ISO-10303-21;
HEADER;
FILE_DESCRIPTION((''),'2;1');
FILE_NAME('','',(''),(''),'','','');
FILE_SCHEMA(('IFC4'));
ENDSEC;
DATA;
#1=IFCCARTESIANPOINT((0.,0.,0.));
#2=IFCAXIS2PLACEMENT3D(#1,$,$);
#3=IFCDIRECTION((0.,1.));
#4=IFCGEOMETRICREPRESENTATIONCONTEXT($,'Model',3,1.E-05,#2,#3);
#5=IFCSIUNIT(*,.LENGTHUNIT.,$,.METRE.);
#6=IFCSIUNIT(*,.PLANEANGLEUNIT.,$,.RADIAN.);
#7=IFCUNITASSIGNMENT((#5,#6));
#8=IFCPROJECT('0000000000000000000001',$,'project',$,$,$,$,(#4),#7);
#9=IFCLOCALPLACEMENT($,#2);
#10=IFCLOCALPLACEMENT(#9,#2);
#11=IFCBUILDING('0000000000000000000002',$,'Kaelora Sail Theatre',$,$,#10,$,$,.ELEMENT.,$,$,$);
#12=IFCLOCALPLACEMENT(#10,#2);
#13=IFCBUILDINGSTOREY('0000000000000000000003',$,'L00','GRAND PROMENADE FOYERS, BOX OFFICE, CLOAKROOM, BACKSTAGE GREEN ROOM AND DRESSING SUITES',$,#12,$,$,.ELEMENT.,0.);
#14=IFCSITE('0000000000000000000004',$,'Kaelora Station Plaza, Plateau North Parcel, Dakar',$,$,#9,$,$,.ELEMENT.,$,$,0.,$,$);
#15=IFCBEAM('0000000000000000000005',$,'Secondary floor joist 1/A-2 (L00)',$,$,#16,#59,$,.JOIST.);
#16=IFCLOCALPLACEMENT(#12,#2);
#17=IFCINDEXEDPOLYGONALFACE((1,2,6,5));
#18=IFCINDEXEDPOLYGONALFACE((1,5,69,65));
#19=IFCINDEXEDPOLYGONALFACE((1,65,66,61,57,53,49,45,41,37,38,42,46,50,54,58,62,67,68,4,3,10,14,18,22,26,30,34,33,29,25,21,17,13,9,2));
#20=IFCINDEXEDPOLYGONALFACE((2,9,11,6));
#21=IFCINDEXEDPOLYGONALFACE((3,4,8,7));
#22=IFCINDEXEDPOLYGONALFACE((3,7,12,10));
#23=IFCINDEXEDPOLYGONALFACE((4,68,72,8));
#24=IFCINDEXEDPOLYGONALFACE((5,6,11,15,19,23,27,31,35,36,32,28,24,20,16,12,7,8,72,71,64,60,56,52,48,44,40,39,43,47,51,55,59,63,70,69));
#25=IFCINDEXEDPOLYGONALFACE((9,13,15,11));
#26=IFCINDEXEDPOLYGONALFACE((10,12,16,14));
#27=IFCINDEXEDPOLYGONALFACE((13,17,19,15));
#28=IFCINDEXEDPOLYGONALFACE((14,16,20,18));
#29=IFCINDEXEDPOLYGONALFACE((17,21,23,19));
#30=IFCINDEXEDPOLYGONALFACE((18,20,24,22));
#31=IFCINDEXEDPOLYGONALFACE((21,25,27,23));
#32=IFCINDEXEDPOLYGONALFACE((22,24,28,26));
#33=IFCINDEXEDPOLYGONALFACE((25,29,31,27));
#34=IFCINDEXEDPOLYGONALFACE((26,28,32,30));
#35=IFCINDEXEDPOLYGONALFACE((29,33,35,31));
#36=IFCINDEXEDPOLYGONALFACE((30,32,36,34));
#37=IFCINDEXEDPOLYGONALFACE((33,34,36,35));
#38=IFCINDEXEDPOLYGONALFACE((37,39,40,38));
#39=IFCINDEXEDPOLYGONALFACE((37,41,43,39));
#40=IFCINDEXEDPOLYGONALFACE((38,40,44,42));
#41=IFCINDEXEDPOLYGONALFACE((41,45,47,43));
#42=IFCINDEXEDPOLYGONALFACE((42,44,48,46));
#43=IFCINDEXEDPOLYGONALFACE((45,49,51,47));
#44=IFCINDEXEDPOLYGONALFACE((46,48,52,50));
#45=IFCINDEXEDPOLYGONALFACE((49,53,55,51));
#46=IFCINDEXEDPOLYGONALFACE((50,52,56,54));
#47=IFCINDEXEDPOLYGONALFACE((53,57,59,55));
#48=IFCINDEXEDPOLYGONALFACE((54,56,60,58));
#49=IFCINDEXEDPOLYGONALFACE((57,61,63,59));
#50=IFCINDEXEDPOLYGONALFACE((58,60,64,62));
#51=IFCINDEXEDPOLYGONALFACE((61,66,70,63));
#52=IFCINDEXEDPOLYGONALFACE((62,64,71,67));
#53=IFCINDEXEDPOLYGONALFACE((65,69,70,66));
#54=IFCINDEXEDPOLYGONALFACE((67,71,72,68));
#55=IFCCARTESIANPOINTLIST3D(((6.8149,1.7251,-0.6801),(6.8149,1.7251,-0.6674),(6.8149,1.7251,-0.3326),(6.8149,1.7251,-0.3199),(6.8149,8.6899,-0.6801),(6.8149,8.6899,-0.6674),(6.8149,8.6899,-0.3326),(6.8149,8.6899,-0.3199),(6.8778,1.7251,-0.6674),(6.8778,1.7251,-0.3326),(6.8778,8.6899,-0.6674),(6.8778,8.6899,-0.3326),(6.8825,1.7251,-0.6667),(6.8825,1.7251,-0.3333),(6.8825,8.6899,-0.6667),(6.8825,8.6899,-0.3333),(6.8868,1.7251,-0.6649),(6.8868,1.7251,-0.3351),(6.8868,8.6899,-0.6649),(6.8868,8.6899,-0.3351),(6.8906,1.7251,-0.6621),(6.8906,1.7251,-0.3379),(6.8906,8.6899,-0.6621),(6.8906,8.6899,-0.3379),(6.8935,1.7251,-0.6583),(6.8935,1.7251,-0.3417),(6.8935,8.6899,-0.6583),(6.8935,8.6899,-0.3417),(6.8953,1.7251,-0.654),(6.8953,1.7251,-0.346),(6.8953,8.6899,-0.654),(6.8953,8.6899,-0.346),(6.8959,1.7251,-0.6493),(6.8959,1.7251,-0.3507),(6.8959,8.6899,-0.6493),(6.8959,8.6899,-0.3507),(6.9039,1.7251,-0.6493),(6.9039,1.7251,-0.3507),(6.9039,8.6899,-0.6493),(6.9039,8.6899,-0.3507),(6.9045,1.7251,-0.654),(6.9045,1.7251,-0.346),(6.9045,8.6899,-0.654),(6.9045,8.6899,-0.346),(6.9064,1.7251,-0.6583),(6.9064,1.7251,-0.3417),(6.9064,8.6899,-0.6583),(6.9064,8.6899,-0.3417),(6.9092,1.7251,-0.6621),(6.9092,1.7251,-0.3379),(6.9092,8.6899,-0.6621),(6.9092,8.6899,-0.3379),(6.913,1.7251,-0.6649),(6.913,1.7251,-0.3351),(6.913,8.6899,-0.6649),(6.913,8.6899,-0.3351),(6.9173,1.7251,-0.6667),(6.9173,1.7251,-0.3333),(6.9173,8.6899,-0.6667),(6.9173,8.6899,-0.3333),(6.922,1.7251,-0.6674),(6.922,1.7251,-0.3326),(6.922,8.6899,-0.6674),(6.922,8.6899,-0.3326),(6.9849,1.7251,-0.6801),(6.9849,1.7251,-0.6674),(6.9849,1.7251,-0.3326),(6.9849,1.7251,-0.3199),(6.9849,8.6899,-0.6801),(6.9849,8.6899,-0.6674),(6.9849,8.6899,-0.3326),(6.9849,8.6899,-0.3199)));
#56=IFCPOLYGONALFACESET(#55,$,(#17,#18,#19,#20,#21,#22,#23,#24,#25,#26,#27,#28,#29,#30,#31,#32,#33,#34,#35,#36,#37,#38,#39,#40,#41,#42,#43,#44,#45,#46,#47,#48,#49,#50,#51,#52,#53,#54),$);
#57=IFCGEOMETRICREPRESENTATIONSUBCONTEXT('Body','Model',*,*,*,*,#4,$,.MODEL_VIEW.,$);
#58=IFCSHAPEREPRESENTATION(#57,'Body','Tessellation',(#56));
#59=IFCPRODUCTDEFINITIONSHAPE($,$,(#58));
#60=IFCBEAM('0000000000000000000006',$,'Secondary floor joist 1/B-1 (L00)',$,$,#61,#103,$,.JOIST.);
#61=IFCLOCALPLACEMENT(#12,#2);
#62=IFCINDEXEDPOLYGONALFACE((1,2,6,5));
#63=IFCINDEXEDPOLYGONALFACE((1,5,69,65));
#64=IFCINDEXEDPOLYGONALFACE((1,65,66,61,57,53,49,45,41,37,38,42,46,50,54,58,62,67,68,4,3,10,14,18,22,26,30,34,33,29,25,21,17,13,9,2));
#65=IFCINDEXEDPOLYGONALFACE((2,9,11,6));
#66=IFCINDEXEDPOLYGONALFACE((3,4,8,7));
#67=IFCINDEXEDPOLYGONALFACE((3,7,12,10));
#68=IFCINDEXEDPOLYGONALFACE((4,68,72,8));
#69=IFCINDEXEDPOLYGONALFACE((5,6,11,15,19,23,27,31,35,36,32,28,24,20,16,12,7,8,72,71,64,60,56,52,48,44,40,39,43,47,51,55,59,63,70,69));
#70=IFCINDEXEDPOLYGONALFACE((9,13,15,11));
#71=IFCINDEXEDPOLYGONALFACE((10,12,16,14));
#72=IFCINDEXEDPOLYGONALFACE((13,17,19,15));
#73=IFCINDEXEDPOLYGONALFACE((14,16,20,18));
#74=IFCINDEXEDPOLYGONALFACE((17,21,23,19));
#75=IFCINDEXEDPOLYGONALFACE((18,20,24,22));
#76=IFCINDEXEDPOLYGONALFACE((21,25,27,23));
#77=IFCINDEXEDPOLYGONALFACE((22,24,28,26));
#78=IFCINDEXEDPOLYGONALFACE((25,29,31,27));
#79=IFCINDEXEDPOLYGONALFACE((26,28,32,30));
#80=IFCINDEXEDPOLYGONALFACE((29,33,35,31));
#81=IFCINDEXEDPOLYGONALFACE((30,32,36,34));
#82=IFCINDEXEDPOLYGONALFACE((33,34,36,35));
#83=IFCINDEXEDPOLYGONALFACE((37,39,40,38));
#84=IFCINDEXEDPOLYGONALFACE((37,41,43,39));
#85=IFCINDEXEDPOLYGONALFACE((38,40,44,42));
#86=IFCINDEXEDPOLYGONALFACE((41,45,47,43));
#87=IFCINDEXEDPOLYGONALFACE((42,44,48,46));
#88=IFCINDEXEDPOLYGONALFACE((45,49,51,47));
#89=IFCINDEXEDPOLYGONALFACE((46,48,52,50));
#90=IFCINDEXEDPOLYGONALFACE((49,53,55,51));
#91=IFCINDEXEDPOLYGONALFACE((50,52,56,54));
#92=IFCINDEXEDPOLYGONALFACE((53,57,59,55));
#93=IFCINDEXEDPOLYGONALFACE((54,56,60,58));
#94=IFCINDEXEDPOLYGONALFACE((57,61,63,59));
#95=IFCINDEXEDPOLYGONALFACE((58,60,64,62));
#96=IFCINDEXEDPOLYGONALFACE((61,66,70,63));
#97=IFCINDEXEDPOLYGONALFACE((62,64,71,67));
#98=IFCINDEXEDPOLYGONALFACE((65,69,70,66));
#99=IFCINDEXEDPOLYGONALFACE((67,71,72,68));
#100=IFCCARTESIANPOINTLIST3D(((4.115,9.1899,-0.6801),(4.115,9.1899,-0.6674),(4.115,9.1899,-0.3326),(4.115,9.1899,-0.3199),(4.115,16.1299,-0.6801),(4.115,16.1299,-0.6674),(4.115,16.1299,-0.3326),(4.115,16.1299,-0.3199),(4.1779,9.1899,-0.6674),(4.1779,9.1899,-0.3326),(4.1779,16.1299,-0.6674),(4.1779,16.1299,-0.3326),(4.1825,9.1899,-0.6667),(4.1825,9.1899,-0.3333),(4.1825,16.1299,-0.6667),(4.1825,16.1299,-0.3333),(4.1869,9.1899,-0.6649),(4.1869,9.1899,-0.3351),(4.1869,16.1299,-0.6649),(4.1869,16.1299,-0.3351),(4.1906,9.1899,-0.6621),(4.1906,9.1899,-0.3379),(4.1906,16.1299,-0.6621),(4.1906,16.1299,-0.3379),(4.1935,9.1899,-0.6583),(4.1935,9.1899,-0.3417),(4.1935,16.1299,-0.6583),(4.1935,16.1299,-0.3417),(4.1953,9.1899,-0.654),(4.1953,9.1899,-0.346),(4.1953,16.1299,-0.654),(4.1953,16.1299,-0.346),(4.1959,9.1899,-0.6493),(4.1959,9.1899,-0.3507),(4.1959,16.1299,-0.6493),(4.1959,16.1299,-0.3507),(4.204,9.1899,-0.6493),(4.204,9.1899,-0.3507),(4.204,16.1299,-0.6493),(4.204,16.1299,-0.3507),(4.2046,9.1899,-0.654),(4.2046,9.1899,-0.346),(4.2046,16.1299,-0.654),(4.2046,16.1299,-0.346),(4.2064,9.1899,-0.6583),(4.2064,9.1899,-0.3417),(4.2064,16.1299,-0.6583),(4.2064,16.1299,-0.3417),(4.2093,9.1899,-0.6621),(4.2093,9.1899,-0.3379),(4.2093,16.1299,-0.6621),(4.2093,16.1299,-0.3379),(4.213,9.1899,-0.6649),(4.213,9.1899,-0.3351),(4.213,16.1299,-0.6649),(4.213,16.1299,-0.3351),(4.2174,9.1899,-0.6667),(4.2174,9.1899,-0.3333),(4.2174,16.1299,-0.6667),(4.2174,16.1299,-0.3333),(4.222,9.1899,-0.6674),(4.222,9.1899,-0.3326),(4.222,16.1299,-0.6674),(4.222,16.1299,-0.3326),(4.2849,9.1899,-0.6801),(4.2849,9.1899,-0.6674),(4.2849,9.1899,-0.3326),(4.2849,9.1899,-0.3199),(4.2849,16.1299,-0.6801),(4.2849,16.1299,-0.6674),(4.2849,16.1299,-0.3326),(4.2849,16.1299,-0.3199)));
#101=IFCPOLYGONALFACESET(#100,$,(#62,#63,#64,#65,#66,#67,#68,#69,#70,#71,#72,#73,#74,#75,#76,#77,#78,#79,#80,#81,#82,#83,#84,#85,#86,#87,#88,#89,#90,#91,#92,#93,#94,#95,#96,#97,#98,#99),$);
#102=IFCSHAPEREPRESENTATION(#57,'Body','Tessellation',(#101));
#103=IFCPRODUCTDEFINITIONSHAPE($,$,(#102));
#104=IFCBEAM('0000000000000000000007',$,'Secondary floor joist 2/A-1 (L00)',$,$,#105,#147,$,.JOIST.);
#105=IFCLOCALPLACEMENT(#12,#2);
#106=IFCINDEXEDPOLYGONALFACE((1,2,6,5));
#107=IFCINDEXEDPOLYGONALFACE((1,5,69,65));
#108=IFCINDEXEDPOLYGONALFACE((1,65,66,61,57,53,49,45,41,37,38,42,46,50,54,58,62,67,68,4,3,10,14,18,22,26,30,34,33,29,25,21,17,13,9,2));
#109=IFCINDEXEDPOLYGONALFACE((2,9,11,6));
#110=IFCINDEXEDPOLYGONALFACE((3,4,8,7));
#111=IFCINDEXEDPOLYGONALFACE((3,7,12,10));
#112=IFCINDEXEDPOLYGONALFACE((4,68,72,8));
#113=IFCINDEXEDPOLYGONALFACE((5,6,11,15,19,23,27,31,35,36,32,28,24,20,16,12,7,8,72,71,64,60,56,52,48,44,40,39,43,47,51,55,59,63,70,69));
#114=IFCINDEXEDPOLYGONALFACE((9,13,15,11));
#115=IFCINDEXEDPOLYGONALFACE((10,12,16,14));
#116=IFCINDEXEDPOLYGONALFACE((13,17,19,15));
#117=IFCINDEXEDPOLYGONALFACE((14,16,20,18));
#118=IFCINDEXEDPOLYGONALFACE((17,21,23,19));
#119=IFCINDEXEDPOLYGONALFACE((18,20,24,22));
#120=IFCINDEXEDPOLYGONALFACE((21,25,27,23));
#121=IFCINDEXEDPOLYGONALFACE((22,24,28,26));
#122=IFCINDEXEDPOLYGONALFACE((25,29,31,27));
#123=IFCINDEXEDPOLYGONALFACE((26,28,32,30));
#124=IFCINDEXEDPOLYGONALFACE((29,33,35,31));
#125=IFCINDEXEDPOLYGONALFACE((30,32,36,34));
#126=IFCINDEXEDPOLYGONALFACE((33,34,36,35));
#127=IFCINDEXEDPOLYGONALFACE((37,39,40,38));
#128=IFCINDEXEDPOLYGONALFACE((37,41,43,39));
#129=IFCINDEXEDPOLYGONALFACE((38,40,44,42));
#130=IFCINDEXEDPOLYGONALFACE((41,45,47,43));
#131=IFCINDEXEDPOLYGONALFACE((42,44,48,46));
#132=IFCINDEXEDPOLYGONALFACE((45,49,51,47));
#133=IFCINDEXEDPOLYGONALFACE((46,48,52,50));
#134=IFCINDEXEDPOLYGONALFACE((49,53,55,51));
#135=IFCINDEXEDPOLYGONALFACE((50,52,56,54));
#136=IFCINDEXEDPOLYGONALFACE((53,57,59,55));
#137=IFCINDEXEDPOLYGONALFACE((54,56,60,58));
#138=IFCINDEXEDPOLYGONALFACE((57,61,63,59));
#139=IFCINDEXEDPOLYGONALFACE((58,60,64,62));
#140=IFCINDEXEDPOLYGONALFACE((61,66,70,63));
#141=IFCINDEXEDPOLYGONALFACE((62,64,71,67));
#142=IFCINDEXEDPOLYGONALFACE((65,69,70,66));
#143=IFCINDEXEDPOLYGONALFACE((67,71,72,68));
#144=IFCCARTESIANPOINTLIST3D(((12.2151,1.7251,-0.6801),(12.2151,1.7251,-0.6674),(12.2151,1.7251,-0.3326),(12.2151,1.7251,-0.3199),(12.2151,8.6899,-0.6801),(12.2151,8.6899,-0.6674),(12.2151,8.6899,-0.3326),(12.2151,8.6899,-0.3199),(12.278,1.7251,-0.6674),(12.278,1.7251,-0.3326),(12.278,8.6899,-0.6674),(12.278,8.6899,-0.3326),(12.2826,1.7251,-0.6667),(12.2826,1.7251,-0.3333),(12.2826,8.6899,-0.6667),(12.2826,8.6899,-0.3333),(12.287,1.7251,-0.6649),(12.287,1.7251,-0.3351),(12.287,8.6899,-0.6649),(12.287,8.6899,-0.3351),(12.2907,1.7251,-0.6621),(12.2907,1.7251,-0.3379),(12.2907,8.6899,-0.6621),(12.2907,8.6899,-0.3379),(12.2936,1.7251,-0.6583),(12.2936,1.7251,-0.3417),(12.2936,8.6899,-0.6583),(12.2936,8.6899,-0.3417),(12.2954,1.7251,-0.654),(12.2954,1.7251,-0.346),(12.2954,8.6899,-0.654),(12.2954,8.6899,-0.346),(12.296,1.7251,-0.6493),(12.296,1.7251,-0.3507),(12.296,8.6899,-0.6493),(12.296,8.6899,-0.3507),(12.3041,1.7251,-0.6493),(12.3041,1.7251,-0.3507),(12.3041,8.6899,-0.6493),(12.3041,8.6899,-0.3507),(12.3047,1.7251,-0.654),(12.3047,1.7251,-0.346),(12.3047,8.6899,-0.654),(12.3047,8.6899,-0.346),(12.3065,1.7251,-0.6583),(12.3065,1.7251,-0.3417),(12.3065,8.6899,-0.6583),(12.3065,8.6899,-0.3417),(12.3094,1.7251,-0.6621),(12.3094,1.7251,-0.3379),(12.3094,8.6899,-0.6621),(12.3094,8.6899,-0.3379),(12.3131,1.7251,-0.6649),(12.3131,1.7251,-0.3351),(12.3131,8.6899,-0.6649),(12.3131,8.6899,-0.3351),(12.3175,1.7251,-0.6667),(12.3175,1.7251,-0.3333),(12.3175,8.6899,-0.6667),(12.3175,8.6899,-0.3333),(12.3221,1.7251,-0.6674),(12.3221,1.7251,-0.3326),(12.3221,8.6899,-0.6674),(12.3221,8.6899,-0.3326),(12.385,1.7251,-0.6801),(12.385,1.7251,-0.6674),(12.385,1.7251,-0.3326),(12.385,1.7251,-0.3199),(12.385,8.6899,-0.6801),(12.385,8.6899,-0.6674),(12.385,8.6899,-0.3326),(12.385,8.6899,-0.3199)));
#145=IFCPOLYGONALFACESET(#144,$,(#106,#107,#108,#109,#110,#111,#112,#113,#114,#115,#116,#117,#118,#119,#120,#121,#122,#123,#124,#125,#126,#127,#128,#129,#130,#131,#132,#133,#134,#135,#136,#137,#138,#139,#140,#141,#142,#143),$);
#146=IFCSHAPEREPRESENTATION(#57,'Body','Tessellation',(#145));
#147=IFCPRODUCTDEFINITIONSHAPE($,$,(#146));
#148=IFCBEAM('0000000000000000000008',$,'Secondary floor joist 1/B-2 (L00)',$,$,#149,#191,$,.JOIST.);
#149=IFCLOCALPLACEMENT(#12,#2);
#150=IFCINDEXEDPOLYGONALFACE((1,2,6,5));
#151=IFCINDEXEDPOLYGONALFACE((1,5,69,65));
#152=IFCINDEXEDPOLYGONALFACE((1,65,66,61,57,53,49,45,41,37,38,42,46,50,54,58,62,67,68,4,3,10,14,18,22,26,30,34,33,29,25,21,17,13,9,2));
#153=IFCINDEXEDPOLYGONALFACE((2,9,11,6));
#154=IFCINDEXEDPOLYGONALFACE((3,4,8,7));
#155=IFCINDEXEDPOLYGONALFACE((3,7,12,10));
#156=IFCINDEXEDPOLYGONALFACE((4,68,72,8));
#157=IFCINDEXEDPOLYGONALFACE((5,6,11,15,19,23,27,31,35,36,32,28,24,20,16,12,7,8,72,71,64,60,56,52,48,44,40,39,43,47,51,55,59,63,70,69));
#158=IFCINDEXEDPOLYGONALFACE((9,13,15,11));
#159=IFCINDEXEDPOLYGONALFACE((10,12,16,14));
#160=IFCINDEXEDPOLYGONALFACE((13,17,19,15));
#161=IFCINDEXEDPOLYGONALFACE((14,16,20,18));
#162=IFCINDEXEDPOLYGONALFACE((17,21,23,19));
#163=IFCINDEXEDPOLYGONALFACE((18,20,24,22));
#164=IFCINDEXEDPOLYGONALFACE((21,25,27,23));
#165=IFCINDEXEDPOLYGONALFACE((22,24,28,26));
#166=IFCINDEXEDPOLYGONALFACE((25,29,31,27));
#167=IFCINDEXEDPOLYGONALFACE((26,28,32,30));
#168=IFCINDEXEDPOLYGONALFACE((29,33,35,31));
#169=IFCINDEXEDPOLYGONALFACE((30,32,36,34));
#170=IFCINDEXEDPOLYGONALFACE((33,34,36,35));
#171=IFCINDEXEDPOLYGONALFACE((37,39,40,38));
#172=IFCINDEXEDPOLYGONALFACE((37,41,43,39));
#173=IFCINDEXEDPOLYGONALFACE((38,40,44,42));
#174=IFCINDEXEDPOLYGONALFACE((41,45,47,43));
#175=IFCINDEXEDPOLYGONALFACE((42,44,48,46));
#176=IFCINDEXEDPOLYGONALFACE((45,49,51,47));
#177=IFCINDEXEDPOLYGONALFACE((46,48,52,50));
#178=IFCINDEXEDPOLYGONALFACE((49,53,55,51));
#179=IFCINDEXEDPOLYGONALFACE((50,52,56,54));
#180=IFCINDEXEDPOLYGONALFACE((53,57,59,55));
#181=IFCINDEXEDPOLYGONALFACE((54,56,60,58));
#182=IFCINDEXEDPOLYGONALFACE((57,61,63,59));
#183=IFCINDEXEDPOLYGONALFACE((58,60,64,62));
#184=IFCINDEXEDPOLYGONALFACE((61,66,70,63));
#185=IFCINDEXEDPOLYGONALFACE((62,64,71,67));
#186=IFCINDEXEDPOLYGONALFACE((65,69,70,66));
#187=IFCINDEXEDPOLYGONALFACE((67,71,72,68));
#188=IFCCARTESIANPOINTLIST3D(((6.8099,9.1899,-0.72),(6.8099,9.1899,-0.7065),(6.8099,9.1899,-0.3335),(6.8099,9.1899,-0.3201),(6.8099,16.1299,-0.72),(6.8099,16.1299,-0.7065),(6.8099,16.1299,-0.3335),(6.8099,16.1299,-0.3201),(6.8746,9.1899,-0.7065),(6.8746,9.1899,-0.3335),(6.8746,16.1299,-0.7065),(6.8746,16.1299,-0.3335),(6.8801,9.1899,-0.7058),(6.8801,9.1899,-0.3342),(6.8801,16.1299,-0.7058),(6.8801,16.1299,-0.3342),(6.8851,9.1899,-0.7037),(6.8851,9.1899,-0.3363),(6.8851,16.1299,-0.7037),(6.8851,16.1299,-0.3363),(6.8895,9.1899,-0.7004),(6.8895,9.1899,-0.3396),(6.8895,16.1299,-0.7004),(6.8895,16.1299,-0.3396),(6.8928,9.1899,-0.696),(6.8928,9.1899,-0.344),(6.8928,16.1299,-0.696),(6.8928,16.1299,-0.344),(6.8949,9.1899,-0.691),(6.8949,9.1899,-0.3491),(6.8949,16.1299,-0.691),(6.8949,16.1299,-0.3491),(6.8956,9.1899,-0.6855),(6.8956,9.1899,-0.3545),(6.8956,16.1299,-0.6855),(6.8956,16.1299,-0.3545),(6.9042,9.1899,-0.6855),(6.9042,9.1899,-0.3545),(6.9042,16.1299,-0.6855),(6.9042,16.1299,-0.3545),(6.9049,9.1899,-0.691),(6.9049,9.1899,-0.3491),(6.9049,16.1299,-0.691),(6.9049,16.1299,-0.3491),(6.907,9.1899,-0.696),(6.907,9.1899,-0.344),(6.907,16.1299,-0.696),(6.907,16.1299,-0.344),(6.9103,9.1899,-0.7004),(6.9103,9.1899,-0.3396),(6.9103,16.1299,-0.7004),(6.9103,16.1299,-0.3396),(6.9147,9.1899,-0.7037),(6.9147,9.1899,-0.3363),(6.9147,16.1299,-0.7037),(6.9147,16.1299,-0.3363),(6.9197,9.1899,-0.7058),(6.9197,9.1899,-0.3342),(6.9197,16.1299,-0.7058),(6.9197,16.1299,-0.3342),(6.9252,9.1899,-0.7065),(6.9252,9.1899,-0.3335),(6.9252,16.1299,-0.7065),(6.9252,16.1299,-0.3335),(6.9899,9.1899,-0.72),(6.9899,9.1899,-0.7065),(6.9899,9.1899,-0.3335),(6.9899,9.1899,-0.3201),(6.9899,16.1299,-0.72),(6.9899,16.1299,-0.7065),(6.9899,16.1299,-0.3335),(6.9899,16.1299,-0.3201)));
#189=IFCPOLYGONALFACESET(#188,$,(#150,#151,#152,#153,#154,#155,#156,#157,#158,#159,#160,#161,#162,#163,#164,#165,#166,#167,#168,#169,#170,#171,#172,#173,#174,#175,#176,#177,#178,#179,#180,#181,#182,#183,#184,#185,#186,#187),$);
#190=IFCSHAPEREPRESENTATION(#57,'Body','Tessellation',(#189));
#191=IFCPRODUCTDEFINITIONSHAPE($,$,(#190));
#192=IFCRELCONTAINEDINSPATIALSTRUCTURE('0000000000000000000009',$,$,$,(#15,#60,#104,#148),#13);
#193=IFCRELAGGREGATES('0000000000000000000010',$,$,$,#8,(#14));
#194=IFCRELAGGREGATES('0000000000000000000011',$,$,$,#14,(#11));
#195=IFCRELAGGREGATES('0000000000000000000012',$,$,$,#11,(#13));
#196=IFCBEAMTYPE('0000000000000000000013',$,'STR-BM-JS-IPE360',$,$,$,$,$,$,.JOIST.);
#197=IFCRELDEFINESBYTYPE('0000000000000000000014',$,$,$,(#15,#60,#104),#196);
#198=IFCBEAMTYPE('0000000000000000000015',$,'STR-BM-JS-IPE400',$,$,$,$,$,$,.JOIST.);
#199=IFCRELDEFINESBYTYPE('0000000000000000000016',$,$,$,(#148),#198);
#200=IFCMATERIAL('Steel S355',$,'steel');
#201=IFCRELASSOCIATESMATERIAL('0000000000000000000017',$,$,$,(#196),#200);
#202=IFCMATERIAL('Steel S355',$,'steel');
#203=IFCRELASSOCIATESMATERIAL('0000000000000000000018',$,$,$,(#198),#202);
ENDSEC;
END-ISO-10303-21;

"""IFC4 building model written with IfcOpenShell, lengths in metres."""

from ifc_helpers import new_model, si_unit, direction, frame, origin, origin_2d, place, context, subcontext, project, spatial, i_section, extrude, material, material_profile, profile_set, type_object, element, save


model = new_model("IFC4")

# Units and contexts
model_context = context("Model", 3, precision=1e-05, world=origin(), true_north=direction((0.0, 1.0)))
body_context = subcontext(model_context, "Body", "Model", "MODEL_VIEW")
ifc_project = project(units=[si_unit("LENGTHUNIT", "METRE"), si_unit("PLANEANGLEUNIT", "RADIAN")], contexts=[model_context])

# Site, building, storey
site_placement = place(None, origin())
site = spatial("IfcSite", under=ifc_project, at=site_placement, Name="Kaelora Station Plaza, Plateau North Parcel, Dakar", CompositionType="ELEMENT", RefElevation=0.0)
building_placement = place(site_placement, origin())
building = spatial("IfcBuilding", under=site, at=building_placement, Name="Kaelora Sail Theatre", CompositionType="ELEMENT")
storey_placement = place(building_placement, origin())
storey = spatial("IfcBuildingStorey", under=building, at=storey_placement, Name="L00", Description="GRAND PROMENADE FOYERS, BOX OFFICE, CLOAKROOM, BACKSTAGE GREEN ROOM AND DRESSING SUITES", CompositionType="ELEMENT", Elevation=0.0)

# Beams
ifc_material_1 = material(Name="Steel S355", Category="steel")
ifc_material_profile_1 = material_profile(ifc_material_1, i_section(OverallWidth=0.1699, OverallDepth=0.3601, WebThickness=0.0081, FlangeThickness=0.0127, FilletRadius=0.0181, at=origin_2d()), Name="IPE 360")
ifc_profile_set_1 = profile_set([ifc_material_profile_1], Name="Steel S355")
beam_type_1 = type_object("IfcBeamType", Name="STR-BM-JS-IPE360", PredefinedType="JOIST", material=ifc_profile_set_1)
beam_1_placement = place(storey_placement, frame((6.8999, 1.7251, -0.5), z_axis=(0.0, 1.0, 0.0), x_axis=(-1.0, 0.0, 0.0)))
element("IfcBeam", 1, at=beam_1_placement, inside=storey, type_object=beam_type_1, Name="Secondary floor joist 1/A-2 (L00)", PredefinedType="JOIST", context=body_context, shape_type="SweptSolid", body=[
    extrude(i_section(OverallWidth=0.1699, OverallDepth=0.3601, WebThickness=0.0081, FlangeThickness=0.0127, FilletRadius=0.0181, at=origin_2d()), origin(), (0.0, 0.0, 1.0), 6.9648),
])
beam_2_placement = place(storey_placement, frame((4.2, 9.1899, -0.5), z_axis=(0.0, 1.0, 0.0), x_axis=(-1.0, 0.0, 0.0)))
element("IfcBeam", 2, at=beam_2_placement, inside=storey, type_object=beam_type_1, Name="Secondary floor joist 1/B-1 (L00)", PredefinedType="JOIST", context=body_context, shape_type="SweptSolid", body=[
    extrude(i_section(OverallWidth=0.1699, OverallDepth=0.3601, WebThickness=0.0081, FlangeThickness=0.0127, FilletRadius=0.0181, at=origin_2d()), origin(), (0.0, 0.0, 1.0), 6.9399),
])
beam_3_placement = place(storey_placement, frame((12.3, 1.7251, -0.5), z_axis=(0.0, 1.0, 0.0), x_axis=(-1.0, 0.0, 0.0)))
element("IfcBeam", 3, at=beam_3_placement, inside=storey, type_object=beam_type_1, Name="Secondary floor joist 2/A-1 (L00)", PredefinedType="JOIST", context=body_context, shape_type="SweptSolid", body=[
    extrude(i_section(OverallWidth=0.1699, OverallDepth=0.3601, WebThickness=0.0081, FlangeThickness=0.0127, FilletRadius=0.0181, at=origin_2d()), origin(), (0.0, 0.0, 1.0), 6.9648),
])
ifc_material_2 = material(Name="Steel S355", Category="steel")
ifc_material_profile_2 = material_profile(ifc_material_2, i_section(OverallWidth=0.1799, OverallDepth=0.3999, WebThickness=0.0085, FlangeThickness=0.0134, FilletRadius=0.021, at=origin_2d()), Name="IPE 400")
ifc_profile_set_2 = profile_set([ifc_material_profile_2], Name="Steel S355")
beam_type_2 = type_object("IfcBeamType", Name="STR-BM-JS-IPE400", PredefinedType="JOIST", material=ifc_profile_set_2)
beam_4_placement = place(storey_placement, frame((6.8999, 9.1899, -0.52), z_axis=(0.0, 1.0, 0.0), x_axis=(-1.0, 0.0, 0.0)))
element("IfcBeam", 4, at=beam_4_placement, inside=storey, type_object=beam_type_2, Name="Secondary floor joist 1/B-2 (L00)", PredefinedType="JOIST", context=body_context, shape_type="SweptSolid", body=[
    extrude(i_section(OverallWidth=0.1799, OverallDepth=0.3999, WebThickness=0.0085, FlangeThickness=0.0134, FilletRadius=0.021, at=origin_2d()), origin(), (0.0, 0.0, 1.0), 6.9399),
])

save(model, "model.ifc")
